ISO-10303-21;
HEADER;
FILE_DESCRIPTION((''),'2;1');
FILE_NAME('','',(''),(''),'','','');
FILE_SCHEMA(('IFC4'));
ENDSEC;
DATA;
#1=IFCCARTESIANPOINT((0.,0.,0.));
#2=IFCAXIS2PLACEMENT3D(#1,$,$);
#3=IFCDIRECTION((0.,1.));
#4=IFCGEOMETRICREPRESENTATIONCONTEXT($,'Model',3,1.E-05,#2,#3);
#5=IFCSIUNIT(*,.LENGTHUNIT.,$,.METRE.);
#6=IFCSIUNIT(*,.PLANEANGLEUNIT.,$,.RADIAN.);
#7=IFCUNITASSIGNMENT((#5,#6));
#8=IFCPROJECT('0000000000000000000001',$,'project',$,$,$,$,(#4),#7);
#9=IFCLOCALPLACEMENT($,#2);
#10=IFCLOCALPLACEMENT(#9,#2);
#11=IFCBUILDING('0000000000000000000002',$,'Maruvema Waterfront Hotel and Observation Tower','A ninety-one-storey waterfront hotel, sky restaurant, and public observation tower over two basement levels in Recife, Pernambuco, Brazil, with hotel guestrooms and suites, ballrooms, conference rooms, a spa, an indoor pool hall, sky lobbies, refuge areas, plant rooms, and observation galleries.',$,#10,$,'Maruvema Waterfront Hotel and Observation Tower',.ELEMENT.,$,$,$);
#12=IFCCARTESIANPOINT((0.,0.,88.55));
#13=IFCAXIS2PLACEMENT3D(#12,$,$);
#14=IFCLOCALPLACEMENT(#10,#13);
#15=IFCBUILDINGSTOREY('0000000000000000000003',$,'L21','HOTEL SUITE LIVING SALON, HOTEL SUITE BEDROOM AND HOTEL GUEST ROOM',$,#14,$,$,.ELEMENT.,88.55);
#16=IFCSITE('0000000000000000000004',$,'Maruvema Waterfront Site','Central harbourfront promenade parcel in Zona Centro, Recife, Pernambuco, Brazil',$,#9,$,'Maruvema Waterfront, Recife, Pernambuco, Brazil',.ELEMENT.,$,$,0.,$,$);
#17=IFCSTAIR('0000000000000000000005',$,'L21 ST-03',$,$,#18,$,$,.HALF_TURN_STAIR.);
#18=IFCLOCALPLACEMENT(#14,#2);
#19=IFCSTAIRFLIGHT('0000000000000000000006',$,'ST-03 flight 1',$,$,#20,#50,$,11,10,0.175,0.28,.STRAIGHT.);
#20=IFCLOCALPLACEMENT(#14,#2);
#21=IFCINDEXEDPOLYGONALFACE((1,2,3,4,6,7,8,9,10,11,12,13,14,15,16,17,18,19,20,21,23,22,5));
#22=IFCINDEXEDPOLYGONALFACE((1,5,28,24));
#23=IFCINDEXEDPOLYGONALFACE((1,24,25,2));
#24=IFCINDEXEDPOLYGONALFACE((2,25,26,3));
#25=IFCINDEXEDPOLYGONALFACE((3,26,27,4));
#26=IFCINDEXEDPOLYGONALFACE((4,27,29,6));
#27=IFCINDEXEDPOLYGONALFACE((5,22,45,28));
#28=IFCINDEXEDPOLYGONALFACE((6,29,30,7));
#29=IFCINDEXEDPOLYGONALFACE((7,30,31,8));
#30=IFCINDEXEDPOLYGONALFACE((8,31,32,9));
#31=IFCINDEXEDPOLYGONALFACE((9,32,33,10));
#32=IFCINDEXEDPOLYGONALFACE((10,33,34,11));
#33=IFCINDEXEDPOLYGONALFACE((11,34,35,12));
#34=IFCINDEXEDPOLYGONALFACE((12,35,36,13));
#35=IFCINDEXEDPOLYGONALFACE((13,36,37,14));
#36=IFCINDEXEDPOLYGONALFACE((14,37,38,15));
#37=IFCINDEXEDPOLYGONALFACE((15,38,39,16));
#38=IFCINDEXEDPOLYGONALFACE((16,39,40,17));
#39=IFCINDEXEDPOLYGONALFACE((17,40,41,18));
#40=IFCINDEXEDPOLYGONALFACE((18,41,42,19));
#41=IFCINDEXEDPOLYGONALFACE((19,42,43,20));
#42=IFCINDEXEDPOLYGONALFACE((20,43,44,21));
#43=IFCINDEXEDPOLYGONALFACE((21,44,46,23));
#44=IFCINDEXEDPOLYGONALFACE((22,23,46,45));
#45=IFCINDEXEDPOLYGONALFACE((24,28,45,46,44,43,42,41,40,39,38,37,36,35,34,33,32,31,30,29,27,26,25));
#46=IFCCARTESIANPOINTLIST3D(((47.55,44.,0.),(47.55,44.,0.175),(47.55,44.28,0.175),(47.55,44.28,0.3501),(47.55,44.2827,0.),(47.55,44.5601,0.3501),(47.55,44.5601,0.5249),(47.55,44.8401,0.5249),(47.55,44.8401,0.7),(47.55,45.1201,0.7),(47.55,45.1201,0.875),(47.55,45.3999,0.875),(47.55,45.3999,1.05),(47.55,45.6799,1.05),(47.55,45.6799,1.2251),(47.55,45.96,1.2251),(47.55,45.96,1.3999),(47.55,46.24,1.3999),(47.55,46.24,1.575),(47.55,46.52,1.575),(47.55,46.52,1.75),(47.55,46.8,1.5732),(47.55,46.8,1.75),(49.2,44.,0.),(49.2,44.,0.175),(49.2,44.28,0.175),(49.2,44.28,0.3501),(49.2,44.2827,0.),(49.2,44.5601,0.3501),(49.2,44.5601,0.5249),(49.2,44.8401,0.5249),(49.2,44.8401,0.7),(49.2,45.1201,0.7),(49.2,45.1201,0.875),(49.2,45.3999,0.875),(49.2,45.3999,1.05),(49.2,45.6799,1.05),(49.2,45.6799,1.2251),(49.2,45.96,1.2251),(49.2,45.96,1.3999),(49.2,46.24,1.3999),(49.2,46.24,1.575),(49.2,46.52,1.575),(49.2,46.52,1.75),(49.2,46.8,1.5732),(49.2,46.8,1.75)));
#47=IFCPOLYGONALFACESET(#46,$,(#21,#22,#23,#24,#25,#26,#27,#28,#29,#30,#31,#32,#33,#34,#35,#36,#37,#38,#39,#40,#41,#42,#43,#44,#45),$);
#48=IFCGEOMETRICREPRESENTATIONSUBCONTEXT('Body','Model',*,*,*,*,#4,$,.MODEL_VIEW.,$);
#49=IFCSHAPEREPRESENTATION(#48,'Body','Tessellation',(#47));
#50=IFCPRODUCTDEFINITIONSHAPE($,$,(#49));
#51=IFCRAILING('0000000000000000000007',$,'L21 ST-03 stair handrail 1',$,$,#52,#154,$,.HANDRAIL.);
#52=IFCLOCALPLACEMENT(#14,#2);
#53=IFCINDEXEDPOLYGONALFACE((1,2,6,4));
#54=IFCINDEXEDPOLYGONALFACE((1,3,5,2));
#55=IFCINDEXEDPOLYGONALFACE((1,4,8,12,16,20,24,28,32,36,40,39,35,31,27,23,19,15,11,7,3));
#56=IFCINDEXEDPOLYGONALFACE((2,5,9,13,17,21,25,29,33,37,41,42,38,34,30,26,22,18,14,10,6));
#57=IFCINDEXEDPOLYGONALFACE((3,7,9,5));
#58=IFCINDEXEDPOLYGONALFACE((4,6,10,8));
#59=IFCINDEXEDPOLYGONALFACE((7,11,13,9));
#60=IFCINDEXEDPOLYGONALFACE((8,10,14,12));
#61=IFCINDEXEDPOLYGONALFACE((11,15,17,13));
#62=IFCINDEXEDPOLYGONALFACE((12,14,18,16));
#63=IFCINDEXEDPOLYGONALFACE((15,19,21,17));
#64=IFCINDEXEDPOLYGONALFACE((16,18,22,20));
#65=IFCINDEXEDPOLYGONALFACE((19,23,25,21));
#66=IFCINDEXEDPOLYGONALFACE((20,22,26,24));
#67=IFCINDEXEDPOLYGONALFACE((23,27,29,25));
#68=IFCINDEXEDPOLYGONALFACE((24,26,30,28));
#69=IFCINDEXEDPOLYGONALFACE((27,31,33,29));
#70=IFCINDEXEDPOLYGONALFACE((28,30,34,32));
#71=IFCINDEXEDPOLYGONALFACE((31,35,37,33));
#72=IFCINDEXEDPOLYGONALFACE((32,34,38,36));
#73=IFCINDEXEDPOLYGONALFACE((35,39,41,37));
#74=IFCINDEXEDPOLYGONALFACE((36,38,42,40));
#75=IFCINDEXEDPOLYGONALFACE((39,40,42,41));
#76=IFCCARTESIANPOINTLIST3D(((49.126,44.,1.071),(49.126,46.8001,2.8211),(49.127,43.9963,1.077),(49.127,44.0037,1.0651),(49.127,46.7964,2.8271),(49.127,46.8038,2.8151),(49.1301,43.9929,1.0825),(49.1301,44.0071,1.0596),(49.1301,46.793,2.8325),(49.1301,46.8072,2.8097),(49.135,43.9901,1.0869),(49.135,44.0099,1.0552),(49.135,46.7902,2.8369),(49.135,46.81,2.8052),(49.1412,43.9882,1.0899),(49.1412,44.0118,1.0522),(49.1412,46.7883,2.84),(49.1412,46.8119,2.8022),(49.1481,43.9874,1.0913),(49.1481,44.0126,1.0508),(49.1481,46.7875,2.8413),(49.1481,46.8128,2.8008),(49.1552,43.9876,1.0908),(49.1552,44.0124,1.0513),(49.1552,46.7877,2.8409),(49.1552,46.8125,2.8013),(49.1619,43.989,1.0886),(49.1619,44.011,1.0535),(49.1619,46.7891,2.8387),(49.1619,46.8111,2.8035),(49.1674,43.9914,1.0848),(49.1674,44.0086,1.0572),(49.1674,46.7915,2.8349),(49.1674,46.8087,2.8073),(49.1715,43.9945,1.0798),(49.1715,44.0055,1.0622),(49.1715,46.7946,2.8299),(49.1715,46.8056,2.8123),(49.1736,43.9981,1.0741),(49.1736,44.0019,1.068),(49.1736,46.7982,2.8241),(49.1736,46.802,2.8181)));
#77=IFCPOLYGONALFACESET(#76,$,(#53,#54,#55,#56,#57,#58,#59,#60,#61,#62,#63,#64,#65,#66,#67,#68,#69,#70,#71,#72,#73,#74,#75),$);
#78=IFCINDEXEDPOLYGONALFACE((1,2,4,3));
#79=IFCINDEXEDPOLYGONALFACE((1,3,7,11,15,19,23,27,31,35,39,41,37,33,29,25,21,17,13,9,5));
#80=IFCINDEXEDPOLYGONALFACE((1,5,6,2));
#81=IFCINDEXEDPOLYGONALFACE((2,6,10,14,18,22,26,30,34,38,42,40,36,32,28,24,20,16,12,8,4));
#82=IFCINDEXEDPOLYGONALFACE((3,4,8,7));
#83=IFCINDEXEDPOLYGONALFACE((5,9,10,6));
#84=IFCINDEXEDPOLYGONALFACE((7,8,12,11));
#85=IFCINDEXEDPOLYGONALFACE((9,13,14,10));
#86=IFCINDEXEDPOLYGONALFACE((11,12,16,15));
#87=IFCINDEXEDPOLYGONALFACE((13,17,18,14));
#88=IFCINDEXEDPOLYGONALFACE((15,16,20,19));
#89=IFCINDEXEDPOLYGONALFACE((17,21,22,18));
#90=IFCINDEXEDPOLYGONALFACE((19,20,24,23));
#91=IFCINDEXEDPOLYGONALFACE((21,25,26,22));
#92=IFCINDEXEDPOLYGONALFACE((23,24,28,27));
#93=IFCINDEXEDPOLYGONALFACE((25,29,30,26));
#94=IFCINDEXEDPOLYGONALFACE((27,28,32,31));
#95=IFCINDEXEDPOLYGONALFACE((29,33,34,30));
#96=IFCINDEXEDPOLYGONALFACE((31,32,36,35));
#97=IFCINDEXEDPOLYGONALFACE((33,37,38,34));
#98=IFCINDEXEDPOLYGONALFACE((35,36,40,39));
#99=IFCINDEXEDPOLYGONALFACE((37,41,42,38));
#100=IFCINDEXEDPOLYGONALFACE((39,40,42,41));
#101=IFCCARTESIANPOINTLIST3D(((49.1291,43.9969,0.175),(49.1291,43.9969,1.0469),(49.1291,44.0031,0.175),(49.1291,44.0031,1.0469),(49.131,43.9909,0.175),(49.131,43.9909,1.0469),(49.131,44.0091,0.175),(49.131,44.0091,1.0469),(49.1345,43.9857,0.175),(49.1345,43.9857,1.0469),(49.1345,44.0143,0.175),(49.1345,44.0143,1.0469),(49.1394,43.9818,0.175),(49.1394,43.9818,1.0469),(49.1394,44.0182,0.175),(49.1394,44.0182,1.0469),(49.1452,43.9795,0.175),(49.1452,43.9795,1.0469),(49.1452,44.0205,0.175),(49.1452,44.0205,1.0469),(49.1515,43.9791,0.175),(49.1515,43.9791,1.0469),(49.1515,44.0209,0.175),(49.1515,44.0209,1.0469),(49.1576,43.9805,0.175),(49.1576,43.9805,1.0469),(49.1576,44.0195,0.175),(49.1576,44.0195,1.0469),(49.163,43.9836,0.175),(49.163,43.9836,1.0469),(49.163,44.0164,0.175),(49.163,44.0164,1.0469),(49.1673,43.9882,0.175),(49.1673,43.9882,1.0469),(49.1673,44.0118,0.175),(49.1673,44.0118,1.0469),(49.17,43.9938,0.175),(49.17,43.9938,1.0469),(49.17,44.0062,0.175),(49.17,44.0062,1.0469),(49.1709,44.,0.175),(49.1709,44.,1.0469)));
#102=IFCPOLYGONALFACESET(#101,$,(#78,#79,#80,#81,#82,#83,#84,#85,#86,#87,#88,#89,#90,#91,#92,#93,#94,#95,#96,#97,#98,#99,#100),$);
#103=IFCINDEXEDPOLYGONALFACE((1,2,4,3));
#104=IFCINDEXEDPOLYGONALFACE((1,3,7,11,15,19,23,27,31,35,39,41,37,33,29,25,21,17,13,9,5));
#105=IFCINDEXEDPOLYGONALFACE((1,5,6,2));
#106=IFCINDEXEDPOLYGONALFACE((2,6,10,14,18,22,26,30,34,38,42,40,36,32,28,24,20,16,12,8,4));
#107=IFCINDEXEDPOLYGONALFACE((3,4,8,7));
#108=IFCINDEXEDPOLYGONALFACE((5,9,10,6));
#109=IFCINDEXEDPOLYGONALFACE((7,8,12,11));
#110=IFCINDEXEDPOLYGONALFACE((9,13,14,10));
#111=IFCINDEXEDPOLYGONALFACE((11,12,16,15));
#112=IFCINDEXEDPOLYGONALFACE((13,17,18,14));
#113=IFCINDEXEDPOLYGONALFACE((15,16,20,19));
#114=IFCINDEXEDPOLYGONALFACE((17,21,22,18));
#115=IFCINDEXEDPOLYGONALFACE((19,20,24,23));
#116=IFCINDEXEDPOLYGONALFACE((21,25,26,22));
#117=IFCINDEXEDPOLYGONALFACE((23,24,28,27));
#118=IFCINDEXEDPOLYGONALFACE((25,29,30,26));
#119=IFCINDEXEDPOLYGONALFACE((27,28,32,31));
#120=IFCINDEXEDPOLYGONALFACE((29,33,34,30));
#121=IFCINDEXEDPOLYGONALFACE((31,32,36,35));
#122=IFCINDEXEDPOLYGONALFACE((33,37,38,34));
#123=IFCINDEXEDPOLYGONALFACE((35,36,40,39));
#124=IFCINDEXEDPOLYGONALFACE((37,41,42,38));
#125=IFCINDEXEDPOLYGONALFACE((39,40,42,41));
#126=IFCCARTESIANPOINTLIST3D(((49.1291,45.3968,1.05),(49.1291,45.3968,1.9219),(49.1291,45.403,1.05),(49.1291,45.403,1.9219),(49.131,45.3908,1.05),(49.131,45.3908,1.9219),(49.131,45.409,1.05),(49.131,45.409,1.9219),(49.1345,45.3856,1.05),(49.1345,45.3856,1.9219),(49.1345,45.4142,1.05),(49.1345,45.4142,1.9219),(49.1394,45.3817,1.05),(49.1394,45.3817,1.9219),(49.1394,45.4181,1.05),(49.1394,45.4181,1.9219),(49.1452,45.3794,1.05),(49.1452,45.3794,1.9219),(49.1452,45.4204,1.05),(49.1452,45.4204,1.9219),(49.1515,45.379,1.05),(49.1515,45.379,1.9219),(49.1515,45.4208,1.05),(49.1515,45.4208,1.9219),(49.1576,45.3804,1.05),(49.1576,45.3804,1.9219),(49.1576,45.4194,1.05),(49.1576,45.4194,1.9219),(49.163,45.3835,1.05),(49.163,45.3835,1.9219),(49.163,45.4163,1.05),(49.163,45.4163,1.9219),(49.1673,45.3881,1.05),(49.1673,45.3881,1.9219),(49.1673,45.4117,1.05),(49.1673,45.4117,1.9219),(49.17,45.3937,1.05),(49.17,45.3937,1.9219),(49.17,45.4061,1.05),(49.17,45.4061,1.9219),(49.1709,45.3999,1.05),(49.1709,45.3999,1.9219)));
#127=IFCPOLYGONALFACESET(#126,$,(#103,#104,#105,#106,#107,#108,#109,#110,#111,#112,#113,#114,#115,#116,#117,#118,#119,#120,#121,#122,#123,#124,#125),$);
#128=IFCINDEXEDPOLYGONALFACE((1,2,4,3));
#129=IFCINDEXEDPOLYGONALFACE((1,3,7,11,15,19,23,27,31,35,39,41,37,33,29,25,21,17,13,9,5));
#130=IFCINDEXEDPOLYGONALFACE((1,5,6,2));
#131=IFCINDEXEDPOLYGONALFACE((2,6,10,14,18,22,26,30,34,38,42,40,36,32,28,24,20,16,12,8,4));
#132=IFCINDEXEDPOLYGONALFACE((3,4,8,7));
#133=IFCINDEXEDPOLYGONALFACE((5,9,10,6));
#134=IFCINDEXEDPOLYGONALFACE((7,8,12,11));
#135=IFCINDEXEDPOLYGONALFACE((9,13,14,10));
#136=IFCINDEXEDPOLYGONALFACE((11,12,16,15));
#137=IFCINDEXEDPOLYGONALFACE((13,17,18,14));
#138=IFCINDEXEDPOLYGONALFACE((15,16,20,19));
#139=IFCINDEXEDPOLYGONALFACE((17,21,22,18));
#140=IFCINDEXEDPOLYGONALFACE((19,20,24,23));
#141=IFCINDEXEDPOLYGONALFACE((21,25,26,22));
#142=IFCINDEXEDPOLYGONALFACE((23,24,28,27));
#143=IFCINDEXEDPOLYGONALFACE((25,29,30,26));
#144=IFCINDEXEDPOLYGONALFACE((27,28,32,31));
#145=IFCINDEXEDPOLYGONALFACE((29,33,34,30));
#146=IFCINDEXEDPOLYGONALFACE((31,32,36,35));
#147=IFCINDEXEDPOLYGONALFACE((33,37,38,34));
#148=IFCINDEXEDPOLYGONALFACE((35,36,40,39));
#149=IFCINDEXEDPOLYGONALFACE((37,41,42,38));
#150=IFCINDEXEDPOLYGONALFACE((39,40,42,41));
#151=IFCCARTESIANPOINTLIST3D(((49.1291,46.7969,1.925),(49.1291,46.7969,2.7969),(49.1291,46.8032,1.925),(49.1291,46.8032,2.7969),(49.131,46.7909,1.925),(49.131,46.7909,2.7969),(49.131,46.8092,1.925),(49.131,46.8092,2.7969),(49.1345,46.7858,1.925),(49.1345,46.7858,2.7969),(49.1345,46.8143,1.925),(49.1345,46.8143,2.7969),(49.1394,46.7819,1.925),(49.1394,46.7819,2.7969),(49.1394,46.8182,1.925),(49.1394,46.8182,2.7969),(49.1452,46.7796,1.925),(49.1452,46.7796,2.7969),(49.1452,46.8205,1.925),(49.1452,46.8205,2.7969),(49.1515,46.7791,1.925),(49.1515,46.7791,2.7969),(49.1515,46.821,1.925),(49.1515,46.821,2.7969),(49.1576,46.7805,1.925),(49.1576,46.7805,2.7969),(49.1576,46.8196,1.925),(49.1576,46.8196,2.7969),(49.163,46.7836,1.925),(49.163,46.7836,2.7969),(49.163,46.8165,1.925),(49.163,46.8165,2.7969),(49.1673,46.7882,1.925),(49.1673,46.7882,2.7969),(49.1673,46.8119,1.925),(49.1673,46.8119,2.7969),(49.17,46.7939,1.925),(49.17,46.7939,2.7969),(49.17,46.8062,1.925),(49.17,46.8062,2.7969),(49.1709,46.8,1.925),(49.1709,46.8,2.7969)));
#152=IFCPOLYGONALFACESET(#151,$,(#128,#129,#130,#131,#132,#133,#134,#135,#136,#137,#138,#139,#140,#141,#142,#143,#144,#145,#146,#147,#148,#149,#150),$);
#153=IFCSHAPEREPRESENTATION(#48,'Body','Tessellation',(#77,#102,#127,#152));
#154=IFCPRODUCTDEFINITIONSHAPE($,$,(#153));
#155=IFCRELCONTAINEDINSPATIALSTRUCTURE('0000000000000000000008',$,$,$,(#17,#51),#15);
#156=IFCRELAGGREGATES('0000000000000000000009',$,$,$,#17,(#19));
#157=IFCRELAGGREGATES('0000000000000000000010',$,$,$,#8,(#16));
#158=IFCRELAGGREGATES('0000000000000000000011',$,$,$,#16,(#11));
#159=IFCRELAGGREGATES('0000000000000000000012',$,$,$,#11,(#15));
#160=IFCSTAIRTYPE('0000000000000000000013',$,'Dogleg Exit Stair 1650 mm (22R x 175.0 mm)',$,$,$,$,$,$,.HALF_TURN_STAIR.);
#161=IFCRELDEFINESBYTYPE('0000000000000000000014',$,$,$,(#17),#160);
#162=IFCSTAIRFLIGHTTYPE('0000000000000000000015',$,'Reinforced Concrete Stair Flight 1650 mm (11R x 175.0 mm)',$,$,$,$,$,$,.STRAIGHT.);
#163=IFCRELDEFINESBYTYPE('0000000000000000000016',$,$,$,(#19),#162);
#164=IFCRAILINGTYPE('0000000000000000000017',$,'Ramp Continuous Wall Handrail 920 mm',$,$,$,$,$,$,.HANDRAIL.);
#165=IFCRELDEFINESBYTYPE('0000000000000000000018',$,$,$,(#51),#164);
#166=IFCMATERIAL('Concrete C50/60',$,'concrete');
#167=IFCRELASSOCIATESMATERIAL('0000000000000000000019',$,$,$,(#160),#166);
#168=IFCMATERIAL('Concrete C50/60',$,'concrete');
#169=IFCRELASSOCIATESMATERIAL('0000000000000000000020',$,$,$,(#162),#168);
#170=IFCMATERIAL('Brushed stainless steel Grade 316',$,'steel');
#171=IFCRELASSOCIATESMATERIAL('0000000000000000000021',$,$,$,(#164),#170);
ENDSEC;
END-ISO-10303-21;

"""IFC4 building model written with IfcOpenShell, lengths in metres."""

from ifc_helpers import new_model, si_unit, direction, frame, origin, origin_2d, place, context, subcontext, project, spatial, polyline, circle, outline, extrude, material, type_object, element, aggregate, save


model = new_model("IFC4")

# Units and contexts
model_context = context("Model", 3, precision=1e-05, world=origin(), true_north=direction((0.0, 1.0)))
body_context = subcontext(model_context, "Body", "Model", "MODEL_VIEW")
ifc_project = project(units=[si_unit("LENGTHUNIT", "METRE"), si_unit("PLANEANGLEUNIT", "RADIAN")], contexts=[model_context])

# Site, building, storey
site_placement = place(None, origin())
site = spatial("IfcSite", under=ifc_project, at=site_placement, Name="Maruvema Waterfront Site", Description="Central harbourfront promenade parcel in Zona Centro, Recife, Pernambuco, Brazil", LongName="Maruvema Waterfront, Recife, Pernambuco, Brazil", CompositionType="ELEMENT", RefElevation=0.0)
building_placement = place(site_placement, origin())
building = spatial("IfcBuilding", under=site, at=building_placement, Name="Maruvema Waterfront Hotel and Observation Tower", Description="A ninety-one-storey waterfront hotel, sky restaurant, and public observation tower over two basement levels in Recife, Pernambuco, Brazil, with hotel guestrooms and suites, ballrooms, conference rooms, a spa, an indoor pool hall, sky lobbies, refuge areas, plant rooms, and observation galleries.", LongName="Maruvema Waterfront Hotel and Observation Tower", CompositionType="ELEMENT")
storey_placement = place(building_placement, frame((0.0, 0.0, 88.55)))
storey = spatial("IfcBuildingStorey", under=building, at=storey_placement, Name="L21", Description="HOTEL SUITE LIVING SALON, HOTEL SUITE BEDROOM AND HOTEL GUEST ROOM", CompositionType="ELEMENT", Elevation=88.55)

# Stair, stair flight
ifc_material_1 = material(Name="Concrete C50/60", Category="concrete")
stair_type = type_object("IfcStairType", Name="Dogleg Exit Stair 1650 mm (22R x 175.0 mm)", PredefinedType="HALF_TURN_STAIR", material=ifc_material_1)
stair_placement = place(storey_placement, origin())
stair = element("IfcStair", 1, at=stair_placement, inside=storey, type_object=stair_type, Name="L21 ST-03", PredefinedType="HALF_TURN_STAIR")
ifc_material_2 = material(Name="Concrete C50/60", Category="concrete")
stair_flight_type = type_object("IfcStairFlightType", Name="Reinforced Concrete Stair Flight 1650 mm (11R x 175.0 mm)", PredefinedType="STRAIGHT", material=ifc_material_2)
stair_flight_placement = place(storey_placement, frame((48.375, 44.0, 0.0), z_axis=(0.0, 0.0, 1.0), x_axis=(0.0, 1.0, 0.0)))
stair_flight = element("IfcStairFlight", 2, at=stair_flight_placement, type_object=stair_flight_type, Name="ST-03 flight 1", NumberOfRisers=11, NumberOfTreads=10, PredefinedType="STRAIGHT", RiserHeight=0.175, TreadLength=0.28, context=body_context, shape_type="SweptSolid", body=[
    extrude(outline(polyline([(0.0, 0.0), (0.0, 0.175), (0.28, 0.175), (0.28, 0.3501), (0.5601, 0.3501), (0.5601, 0.5249), (0.8401, 0.5249), (0.8401, 0.7), (1.1201, 0.7), (1.1201, 0.875), (1.3999, 0.875), (1.3999, 1.05), (1.6799, 1.05), (1.6799, 1.2251), (1.96, 1.2251), (1.96, 1.3999), (2.24, 1.3999), (2.24, 1.575), (2.52, 1.575), (2.52, 1.75), (2.8, 1.75), (2.8, 1.925), (2.8, 1.5732), (0.2827, 0.0), (0.0, 0.0)])), frame((0.0, 0.825, 0.0), z_axis=(0.0, -1.0, 0.0), x_axis=(1.0, 0.0, 0.0)), (0.0, 0.0, 1.0), 1.6499),
])
aggregate(stair, [stair_flight])

# Railing
ifc_material_3 = material(Name="Brushed stainless steel Grade 316", Category="steel")
railing_type_1 = type_object("IfcRailingType", Name="Ramp Continuous Wall Handrail 920 mm", PredefinedType="HANDRAIL", material=ifc_material_3)
railing_1_placement = place(storey_placement, frame((49.1499, 44.0, 0.175)))
element("IfcRailing", 3, at=railing_1_placement, inside=storey, type_object=railing_type_1, Name="L21 ST-03 stair handrail 1", PredefinedType="HANDRAIL", context=body_context, shape_type="SweptSolid", body=[
    extrude(circle(Radius=0.0239, at=origin_2d()), frame((0.0, 0.0, 0.896), z_axis=(0.0, 0.848002, 0.529992), x_axis=(-1.0, 0.0, 0.0)), (0.0, 0.0, 1.0), 3.302),
    extrude(circle(Radius=0.021, at=origin_2d()), origin(), (0.0, 0.0, 1.0), 0.8718),
    extrude(circle(Radius=0.021, at=origin_2d()), frame((0.0, 1.3999, 0.875)), (0.0, 0.0, 1.0), 0.8718),
    extrude(circle(Radius=0.021, at=origin_2d()), frame((0.0, 2.8, 1.75)), (0.0, 0.0, 1.0), 0.8718),
])

save(model, "model.ifc")
